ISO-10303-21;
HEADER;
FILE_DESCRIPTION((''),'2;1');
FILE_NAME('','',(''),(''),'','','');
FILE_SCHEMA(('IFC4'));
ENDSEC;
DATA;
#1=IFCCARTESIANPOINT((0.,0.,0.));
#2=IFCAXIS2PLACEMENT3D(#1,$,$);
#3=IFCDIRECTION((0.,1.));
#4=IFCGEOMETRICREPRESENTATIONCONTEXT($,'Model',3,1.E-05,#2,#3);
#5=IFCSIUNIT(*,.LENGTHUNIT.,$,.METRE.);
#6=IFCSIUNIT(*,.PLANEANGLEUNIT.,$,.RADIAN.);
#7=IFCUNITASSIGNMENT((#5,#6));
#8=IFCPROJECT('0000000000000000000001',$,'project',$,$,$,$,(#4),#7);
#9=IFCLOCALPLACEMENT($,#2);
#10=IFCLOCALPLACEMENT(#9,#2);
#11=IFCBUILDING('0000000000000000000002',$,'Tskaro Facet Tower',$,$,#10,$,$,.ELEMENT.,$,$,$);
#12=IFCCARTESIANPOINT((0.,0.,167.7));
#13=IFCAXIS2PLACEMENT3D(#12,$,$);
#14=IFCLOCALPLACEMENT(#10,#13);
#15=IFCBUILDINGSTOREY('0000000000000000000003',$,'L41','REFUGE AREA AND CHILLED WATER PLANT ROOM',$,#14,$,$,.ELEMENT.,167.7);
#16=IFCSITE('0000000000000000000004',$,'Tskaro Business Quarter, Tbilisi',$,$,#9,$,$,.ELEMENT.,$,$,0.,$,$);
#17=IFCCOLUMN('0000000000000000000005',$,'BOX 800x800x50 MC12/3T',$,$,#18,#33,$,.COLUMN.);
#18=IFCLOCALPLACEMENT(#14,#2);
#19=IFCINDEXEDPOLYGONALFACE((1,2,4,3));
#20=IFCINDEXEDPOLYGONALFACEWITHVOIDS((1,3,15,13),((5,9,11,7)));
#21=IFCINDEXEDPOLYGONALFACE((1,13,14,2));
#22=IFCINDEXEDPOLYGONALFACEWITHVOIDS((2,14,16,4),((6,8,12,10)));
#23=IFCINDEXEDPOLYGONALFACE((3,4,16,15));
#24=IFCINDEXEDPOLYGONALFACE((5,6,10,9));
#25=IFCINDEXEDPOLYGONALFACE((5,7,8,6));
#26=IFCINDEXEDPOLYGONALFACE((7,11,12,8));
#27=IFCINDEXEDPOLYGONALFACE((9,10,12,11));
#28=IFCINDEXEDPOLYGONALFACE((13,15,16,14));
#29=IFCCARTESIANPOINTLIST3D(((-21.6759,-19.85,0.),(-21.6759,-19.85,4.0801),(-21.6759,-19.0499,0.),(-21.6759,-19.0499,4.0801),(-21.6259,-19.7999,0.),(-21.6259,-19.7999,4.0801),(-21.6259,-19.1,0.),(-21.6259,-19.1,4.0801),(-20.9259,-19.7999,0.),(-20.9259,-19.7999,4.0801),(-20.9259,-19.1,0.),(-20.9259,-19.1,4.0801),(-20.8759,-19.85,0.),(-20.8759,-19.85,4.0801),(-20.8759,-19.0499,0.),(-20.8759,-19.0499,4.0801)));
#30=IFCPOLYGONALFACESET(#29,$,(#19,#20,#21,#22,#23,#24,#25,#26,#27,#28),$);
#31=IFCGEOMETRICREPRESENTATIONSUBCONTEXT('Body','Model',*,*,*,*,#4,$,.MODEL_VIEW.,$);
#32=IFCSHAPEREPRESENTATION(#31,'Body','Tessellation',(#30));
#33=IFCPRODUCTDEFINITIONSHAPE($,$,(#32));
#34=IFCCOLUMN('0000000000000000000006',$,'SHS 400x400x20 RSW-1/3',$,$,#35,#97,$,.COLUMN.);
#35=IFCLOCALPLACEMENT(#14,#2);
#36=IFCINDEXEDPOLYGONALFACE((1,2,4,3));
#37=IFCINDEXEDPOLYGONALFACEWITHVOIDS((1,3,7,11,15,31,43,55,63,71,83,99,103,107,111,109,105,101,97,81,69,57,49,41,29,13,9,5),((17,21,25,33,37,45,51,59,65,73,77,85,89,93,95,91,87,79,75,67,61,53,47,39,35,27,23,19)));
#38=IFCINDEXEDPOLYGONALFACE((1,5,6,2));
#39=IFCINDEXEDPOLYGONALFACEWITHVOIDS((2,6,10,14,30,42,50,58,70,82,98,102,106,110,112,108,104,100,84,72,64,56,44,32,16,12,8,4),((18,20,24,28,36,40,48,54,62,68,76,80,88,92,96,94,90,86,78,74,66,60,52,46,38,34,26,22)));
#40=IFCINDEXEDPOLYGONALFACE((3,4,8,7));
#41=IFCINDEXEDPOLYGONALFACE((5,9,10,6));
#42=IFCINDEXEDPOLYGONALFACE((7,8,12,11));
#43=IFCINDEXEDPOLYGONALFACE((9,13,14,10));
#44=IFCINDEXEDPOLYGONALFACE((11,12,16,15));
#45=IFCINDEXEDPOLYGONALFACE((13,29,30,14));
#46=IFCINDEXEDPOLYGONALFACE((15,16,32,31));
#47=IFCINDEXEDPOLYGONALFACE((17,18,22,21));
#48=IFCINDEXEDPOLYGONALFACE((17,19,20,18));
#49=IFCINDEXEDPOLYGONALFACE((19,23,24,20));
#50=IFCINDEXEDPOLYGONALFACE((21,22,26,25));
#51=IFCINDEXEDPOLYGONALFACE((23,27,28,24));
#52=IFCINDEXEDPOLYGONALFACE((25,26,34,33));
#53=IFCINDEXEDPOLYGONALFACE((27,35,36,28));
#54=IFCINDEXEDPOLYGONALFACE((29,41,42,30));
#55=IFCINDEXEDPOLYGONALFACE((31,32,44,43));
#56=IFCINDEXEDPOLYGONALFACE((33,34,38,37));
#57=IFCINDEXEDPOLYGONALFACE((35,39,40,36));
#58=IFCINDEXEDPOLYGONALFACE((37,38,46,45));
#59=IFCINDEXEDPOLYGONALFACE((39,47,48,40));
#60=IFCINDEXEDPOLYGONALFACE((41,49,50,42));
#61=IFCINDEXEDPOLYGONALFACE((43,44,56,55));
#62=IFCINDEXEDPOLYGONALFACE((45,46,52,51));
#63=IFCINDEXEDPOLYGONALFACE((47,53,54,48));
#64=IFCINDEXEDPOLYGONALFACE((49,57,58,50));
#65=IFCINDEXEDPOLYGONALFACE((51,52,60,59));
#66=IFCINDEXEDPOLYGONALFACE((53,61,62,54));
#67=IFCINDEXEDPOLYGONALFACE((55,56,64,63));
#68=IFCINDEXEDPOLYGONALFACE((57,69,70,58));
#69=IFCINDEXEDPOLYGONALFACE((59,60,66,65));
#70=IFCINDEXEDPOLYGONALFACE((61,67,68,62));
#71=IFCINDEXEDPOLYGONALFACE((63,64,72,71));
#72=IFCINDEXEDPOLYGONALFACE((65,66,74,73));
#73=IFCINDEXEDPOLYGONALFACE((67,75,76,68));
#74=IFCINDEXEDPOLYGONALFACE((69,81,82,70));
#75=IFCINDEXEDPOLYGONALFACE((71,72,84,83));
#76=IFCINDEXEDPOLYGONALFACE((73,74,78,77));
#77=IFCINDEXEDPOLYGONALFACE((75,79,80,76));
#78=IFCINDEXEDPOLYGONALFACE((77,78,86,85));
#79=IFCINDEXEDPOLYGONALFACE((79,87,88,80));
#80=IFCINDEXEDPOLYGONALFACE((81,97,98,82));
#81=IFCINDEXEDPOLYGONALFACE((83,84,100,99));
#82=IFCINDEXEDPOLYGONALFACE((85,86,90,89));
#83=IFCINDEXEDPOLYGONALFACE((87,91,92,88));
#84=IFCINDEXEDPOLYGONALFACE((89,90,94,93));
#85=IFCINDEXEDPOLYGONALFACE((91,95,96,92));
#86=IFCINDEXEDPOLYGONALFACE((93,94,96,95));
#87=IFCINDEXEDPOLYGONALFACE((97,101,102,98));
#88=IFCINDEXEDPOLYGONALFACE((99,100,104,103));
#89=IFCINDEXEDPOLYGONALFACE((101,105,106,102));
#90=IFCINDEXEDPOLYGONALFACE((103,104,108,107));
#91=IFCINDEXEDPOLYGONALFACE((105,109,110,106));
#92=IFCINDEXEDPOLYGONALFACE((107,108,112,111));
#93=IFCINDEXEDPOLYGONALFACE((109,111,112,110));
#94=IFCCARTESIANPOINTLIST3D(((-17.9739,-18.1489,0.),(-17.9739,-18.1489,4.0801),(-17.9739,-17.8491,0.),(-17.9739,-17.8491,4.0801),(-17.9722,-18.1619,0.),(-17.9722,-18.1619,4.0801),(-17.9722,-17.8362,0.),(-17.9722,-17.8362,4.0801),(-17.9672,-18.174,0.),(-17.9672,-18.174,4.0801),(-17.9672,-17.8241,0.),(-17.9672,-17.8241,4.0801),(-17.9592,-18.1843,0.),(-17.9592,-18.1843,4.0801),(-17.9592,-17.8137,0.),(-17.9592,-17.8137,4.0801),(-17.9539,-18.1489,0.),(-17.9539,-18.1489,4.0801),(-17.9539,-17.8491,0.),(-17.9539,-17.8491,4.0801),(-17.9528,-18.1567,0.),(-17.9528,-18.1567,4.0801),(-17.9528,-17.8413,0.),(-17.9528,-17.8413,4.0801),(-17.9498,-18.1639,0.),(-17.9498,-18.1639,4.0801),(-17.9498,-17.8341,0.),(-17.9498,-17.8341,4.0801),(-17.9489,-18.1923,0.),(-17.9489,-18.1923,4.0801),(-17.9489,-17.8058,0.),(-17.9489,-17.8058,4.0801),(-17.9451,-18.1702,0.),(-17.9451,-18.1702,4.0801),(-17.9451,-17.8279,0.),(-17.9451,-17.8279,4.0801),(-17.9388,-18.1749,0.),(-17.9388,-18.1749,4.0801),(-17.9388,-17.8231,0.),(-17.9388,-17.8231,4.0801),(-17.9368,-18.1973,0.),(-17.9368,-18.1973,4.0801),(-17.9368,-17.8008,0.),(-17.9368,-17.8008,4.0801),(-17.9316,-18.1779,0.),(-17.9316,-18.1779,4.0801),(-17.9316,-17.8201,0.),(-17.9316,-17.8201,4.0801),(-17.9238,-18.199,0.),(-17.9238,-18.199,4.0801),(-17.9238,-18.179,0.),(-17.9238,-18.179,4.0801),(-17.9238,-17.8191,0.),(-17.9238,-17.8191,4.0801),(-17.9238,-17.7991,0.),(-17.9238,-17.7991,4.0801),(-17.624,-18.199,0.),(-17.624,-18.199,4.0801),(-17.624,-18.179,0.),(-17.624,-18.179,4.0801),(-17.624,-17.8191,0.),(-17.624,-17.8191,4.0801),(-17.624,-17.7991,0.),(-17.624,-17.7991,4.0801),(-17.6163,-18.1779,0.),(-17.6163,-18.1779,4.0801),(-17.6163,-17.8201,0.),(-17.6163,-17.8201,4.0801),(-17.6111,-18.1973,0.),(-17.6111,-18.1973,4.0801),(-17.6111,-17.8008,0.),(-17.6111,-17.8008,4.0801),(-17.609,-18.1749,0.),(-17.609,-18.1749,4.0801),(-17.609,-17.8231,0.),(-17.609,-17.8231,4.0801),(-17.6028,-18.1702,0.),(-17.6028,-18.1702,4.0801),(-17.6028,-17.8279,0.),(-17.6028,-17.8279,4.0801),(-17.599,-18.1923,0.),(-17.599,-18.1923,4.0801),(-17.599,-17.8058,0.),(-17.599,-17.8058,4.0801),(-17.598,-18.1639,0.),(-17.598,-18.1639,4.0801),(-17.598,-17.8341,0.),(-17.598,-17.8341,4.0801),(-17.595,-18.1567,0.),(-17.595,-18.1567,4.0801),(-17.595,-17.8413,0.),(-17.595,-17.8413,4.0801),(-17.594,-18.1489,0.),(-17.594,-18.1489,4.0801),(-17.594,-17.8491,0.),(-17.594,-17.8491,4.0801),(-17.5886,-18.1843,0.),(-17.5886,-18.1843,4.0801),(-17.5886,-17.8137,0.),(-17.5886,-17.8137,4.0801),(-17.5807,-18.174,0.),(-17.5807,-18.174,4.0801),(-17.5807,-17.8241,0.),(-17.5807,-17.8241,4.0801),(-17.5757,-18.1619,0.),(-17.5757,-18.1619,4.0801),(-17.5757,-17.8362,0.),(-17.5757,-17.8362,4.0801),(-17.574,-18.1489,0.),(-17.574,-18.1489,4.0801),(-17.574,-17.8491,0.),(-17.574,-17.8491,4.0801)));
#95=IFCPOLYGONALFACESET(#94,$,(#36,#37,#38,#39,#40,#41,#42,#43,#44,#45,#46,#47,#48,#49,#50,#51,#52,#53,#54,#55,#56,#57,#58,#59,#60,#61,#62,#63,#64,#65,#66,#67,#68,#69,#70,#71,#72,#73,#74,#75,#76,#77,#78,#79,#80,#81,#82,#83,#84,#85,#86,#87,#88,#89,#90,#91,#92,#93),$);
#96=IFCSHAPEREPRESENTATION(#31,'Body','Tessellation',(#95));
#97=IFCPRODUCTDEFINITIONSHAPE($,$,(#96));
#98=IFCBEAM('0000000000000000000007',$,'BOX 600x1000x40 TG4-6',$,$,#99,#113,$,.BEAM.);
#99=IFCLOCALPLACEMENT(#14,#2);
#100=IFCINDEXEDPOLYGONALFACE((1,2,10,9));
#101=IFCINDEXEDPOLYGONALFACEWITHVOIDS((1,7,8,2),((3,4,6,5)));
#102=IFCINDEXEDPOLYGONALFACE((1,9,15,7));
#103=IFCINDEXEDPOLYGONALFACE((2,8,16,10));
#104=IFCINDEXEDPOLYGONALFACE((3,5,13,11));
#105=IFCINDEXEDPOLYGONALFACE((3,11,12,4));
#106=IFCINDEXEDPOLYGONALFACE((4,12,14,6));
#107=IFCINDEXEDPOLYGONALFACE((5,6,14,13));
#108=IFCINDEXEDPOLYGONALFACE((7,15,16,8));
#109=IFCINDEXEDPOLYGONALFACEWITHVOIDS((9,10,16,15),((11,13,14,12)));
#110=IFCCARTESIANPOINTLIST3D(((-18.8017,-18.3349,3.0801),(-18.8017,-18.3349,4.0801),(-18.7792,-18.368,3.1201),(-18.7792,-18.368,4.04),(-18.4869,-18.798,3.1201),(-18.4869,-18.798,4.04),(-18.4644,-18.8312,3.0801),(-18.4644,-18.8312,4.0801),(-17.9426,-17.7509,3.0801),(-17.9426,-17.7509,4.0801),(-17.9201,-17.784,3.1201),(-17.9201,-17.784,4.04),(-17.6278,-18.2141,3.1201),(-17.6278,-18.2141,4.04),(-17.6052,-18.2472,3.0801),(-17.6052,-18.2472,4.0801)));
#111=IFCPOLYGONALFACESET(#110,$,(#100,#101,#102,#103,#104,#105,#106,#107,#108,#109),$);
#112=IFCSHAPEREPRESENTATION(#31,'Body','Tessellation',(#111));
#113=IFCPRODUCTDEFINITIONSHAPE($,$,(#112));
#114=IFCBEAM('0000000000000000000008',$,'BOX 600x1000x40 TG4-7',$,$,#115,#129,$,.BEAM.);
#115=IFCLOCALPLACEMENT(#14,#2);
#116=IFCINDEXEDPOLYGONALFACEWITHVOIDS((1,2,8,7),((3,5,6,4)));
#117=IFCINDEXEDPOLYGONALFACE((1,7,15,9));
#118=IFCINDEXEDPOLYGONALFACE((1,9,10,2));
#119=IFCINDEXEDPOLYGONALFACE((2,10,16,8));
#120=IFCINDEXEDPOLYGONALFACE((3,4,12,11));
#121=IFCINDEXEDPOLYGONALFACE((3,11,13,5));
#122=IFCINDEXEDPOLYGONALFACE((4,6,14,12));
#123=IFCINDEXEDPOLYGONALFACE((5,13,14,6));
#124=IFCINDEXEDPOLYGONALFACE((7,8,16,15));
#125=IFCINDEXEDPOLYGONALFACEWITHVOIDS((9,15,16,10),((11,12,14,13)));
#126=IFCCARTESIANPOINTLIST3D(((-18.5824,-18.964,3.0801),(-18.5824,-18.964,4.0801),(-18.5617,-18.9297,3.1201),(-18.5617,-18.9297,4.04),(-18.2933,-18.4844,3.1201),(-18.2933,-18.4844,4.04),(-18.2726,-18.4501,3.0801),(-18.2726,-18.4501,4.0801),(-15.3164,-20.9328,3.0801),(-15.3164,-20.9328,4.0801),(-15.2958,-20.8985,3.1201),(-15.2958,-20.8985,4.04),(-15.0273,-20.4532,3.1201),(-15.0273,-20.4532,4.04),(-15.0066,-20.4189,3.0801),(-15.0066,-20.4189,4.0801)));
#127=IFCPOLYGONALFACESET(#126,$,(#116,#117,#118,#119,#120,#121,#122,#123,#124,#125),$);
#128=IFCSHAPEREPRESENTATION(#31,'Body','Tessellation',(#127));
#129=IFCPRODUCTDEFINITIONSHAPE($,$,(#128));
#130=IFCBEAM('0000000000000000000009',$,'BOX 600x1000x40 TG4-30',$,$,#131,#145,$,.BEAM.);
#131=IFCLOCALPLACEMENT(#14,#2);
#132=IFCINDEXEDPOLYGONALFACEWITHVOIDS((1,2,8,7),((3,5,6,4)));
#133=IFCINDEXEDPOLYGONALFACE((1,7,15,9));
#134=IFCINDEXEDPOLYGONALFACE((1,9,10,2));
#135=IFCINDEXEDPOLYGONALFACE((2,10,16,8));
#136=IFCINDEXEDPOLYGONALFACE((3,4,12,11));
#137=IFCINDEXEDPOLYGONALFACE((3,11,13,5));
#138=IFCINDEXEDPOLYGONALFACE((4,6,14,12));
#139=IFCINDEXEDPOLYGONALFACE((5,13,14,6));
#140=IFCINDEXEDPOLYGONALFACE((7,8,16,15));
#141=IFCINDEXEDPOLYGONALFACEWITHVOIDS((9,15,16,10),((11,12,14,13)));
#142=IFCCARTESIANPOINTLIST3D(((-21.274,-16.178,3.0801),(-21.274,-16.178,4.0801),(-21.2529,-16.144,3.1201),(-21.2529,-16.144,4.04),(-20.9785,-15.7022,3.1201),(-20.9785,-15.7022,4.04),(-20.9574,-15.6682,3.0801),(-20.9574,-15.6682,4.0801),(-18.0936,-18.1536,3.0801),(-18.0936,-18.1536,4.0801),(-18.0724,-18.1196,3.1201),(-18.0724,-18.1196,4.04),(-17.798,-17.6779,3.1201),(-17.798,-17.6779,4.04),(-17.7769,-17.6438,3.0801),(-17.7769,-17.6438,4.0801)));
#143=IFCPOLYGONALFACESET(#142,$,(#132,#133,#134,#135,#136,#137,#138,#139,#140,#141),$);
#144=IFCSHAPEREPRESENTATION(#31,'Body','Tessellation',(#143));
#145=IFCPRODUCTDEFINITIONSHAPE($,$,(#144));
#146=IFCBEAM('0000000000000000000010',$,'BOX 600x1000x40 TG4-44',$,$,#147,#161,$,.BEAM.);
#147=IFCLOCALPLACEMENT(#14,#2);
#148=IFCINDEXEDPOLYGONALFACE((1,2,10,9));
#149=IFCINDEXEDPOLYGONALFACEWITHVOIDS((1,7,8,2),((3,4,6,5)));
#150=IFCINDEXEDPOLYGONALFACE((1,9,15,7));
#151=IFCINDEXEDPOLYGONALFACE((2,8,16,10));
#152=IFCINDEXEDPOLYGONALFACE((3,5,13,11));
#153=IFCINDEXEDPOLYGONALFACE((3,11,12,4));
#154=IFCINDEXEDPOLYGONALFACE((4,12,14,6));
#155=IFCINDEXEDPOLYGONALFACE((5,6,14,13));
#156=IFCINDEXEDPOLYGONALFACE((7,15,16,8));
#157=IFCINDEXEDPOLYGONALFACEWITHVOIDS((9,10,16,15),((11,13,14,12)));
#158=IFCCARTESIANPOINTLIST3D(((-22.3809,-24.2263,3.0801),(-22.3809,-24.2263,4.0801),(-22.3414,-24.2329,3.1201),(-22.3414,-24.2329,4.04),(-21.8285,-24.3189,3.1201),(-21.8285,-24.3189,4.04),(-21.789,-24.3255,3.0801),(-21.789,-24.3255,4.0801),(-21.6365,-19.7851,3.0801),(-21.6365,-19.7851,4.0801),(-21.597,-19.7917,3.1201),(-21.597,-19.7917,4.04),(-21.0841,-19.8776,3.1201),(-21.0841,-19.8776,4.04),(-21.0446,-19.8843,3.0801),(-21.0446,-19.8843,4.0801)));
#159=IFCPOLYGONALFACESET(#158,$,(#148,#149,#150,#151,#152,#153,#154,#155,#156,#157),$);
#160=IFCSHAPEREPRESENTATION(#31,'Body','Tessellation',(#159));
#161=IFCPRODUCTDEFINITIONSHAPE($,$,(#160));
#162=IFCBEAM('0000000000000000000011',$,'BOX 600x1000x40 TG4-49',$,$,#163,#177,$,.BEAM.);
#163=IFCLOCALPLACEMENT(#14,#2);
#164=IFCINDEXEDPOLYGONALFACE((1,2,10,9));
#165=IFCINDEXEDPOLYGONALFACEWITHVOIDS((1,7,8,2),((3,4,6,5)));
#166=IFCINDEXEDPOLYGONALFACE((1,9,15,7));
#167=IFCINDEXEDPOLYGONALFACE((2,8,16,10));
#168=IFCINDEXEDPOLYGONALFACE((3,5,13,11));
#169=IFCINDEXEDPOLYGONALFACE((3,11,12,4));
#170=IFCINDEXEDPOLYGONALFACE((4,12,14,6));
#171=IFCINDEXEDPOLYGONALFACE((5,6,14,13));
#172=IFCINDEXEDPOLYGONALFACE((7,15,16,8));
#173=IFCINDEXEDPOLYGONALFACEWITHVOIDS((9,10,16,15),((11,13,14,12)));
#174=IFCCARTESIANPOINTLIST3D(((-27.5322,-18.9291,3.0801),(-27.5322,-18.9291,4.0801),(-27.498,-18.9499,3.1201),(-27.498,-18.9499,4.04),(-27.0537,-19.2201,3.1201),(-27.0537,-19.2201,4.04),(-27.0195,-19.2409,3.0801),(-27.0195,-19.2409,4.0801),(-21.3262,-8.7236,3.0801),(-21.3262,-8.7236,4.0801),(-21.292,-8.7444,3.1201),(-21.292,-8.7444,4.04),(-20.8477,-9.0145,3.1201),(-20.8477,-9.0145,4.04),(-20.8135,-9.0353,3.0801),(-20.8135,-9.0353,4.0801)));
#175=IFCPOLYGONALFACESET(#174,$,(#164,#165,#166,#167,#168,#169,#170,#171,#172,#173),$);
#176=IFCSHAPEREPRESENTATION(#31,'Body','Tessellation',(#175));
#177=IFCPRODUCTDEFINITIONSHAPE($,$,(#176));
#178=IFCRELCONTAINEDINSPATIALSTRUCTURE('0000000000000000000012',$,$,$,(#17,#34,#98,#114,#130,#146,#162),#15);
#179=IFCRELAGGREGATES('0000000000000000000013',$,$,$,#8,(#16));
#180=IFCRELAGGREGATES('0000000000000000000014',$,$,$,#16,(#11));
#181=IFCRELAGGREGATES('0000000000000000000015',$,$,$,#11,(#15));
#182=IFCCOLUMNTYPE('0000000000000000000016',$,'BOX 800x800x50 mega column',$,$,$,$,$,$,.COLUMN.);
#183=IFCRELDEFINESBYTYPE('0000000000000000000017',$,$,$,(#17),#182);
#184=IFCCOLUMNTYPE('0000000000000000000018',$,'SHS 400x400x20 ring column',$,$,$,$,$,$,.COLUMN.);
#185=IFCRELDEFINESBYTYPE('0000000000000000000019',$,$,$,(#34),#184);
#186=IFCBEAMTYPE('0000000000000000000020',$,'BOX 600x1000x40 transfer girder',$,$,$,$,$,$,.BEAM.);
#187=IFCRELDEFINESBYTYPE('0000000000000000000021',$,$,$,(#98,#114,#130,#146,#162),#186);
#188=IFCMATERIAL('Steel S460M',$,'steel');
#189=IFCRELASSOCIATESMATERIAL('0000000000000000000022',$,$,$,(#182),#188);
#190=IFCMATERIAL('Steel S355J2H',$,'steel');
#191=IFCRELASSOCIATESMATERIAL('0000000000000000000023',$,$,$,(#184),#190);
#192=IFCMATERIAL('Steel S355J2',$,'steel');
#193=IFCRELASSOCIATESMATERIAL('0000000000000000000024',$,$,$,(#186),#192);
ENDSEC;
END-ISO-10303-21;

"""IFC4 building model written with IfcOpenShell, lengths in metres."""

from ifc_helpers import new_model, si_unit, direction, frame, origin, origin_2d, place, context, subcontext, project, spatial, hollow_rectangle, extrude, material, material_profile, profile_set, type_object, element, save


model = new_model("IFC4")

# Units and contexts
model_context = context("Model", 3, precision=1e-05, world=origin(), true_north=direction((0.0, 1.0)))
body_context = subcontext(model_context, "Body", "Model", "MODEL_VIEW")
ifc_project = project(units=[si_unit("LENGTHUNIT", "METRE"), si_unit("PLANEANGLEUNIT", "RADIAN")], contexts=[model_context])

# Site, building, storey
site_placement = place(None, origin())
site = spatial("IfcSite", under=ifc_project, at=site_placement, Name="Tskaro Business Quarter, Tbilisi", CompositionType="ELEMENT", RefElevation=0.0)
building_placement = place(site_placement, origin())
building = spatial("IfcBuilding", under=site, at=building_placement, Name="Tskaro Facet Tower", CompositionType="ELEMENT")
storey_placement = place(building_placement, frame((0.0, 0.0, 167.7)))
storey = spatial("IfcBuildingStorey", under=building, at=storey_placement, Name="L41", Description="REFUGE AREA AND CHILLED WATER PLANT ROOM", CompositionType="ELEMENT", Elevation=167.7)

# Columns
ifc_material_1 = material(Name="Steel S460M", Category="steel")
ifc_material_profile_1 = material_profile(ifc_material_1, hollow_rectangle(XDim=0.8, YDim=0.8, WallThickness=0.05, at=origin_2d()), Name="BOX 800x800x50")
ifc_profile_set_1 = profile_set([ifc_material_profile_1], Name="Steel S460M")
column_type_1 = type_object("IfcColumnType", Name="BOX 800x800x50 mega column", PredefinedType="COLUMN", material=ifc_profile_set_1)
column_1_placement = place(storey_placement, frame((-21.2759, -19.45, 0.0), z_axis=(0.0, 0.0, 1.0), x_axis=(1.0, 0.0, 0.0)))
element("IfcColumn", 1, at=column_1_placement, inside=storey, type_object=column_type_1, Name="BOX 800x800x50 MC12/3T", PredefinedType="COLUMN", context=body_context, shape_type="SweptSolid", body=[
    extrude(hollow_rectangle(XDim=0.8, YDim=0.8, WallThickness=0.05, at=origin_2d()), origin(), (0.0, 0.0, 1.0), 4.0801),
])
ifc_material_2 = material(Name="Steel S355J2H", Category="steel")
ifc_material_profile_2 = material_profile(ifc_material_2, hollow_rectangle(XDim=0.3999, YDim=0.3999, WallThickness=0.02, InnerFilletRadius=0.03, OuterFilletRadius=0.05, at=origin_2d()), Name="SHS 400x400x20")
ifc_profile_set_2 = profile_set([ifc_material_profile_2], Name="Steel S355J2H")
column_type_2 = type_object("IfcColumnType", Name="SHS 400x400x20 ring column", PredefinedType="COLUMN", material=ifc_profile_set_2)
column_2_placement = place(storey_placement, frame((-17.7739, -17.999, 0.0), z_axis=(0.0, 0.0, 1.0), x_axis=(1.0, 0.0, 0.0)))
element("IfcColumn", 2, at=column_2_placement, inside=storey, type_object=column_type_2, Name="SHS 400x400x20 RSW-1/3", PredefinedType="COLUMN", context=body_context, shape_type="SweptSolid", body=[
    extrude(hollow_rectangle(XDim=0.3999, YDim=0.3999, WallThickness=0.02, InnerFilletRadius=0.03, OuterFilletRadius=0.05, at=origin_2d()), origin(), (0.0, 0.0, 1.0), 4.0801),
])

# Beams
ifc_material_3 = material(Name="Steel S355J2", Category="steel")
ifc_material_profile_3 = material_profile(ifc_material_3, hollow_rectangle(XDim=0.6001, YDim=1.0, WallThickness=0.04, at=origin_2d()), Name="BOX 600x1000x40")
ifc_profile_set_3 = profile_set([ifc_material_profile_3], Name="Steel S355J2")
beam_type_1 = type_object("IfcBeamType", Name="BOX 600x1000x40 transfer girder", PredefinedType="BEAM", material=ifc_profile_set_3)
beam_1_placement = place(storey_placement, frame((-18.6331, -18.583, 3.5801), z_axis=(0.827027, 0.562162, 0.0), x_axis=(-0.562162, 0.827027, 0.0)))
element("IfcBeam", 3, at=beam_1_placement, inside=storey, type_object=beam_type_1, Name="BOX 600x1000x40 TG4-6", PredefinedType="BEAM", context=body_context, shape_type="SweptSolid", body=[
    extrude(hollow_rectangle(XDim=0.6001, YDim=1.0, WallThickness=0.04, at=origin_2d()), origin(), (0.0, 0.0, 1.0), 1.0388),
])
beam_2_placement = place(storey_placement, frame((-18.4275, -18.707, 3.5801), z_axis=(0.856423, -0.516274, 0.0), x_axis=(0.516274, 0.856423, 0.0)))
element("IfcBeam", 4, at=beam_2_placement, inside=storey, type_object=beam_type_1, Name="BOX 600x1000x40 TG4-7", PredefinedType="BEAM", context=body_context, shape_type="SweptSolid", body=[
    extrude(hollow_rectangle(XDim=0.6001, YDim=1.0, WallThickness=0.04, at=origin_2d()), origin(), (0.0, 0.0, 1.0), 3.8135),
])
beam_3_placement = place(storey_placement, frame((-21.1157, -15.9231, 3.5801), z_axis=(0.849457, -0.527658, 0.0), x_axis=(0.527658, 0.849457, 0.0)))
element("IfcBeam", 5, at=beam_3_placement, inside=storey, type_object=beam_type_1, Name="BOX 600x1000x40 TG4-30", PredefinedType="BEAM", context=body_context, shape_type="SweptSolid", body=[
    extrude(hollow_rectangle(XDim=0.6001, YDim=1.0, WallThickness=0.04, at=origin_2d()), origin(), (0.0, 0.0, 1.0), 3.7441),
])
beam_4_placement = place(storey_placement, frame((-22.085, -24.2759, 3.5801), z_axis=(0.165304, 0.986243, 0.0), x_axis=(-0.986243, 0.165304, 0.0)))
element("IfcBeam", 6, at=beam_4_placement, inside=storey, type_object=beam_type_1, Name="BOX 600x1000x40 TG4-44", PredefinedType="BEAM", context=body_context, shape_type="SweptSolid", body=[
    extrude(hollow_rectangle(XDim=0.6001, YDim=1.0, WallThickness=0.04, at=origin_2d()), origin(), (0.0, 0.0, 1.0), 4.5032),
])
beam_5_placement = place(storey_placement, frame((-27.2759, -19.085, 3.5801), z_axis=(0.519579, 0.854423, 0.0), x_axis=(-0.854423, 0.519579, 0.0)))
element("IfcBeam", 7, at=beam_5_placement, inside=storey, type_object=beam_type_1, Name="BOX 600x1000x40 TG4-49", PredefinedType="BEAM", context=body_context, shape_type="SweptSolid", body=[
    extrude(hollow_rectangle(XDim=0.6001, YDim=1.0, WallThickness=0.04, at=origin_2d()), origin(), (0.0, 0.0, 1.0), 11.9443),
])

save(model, "model.ifc")
